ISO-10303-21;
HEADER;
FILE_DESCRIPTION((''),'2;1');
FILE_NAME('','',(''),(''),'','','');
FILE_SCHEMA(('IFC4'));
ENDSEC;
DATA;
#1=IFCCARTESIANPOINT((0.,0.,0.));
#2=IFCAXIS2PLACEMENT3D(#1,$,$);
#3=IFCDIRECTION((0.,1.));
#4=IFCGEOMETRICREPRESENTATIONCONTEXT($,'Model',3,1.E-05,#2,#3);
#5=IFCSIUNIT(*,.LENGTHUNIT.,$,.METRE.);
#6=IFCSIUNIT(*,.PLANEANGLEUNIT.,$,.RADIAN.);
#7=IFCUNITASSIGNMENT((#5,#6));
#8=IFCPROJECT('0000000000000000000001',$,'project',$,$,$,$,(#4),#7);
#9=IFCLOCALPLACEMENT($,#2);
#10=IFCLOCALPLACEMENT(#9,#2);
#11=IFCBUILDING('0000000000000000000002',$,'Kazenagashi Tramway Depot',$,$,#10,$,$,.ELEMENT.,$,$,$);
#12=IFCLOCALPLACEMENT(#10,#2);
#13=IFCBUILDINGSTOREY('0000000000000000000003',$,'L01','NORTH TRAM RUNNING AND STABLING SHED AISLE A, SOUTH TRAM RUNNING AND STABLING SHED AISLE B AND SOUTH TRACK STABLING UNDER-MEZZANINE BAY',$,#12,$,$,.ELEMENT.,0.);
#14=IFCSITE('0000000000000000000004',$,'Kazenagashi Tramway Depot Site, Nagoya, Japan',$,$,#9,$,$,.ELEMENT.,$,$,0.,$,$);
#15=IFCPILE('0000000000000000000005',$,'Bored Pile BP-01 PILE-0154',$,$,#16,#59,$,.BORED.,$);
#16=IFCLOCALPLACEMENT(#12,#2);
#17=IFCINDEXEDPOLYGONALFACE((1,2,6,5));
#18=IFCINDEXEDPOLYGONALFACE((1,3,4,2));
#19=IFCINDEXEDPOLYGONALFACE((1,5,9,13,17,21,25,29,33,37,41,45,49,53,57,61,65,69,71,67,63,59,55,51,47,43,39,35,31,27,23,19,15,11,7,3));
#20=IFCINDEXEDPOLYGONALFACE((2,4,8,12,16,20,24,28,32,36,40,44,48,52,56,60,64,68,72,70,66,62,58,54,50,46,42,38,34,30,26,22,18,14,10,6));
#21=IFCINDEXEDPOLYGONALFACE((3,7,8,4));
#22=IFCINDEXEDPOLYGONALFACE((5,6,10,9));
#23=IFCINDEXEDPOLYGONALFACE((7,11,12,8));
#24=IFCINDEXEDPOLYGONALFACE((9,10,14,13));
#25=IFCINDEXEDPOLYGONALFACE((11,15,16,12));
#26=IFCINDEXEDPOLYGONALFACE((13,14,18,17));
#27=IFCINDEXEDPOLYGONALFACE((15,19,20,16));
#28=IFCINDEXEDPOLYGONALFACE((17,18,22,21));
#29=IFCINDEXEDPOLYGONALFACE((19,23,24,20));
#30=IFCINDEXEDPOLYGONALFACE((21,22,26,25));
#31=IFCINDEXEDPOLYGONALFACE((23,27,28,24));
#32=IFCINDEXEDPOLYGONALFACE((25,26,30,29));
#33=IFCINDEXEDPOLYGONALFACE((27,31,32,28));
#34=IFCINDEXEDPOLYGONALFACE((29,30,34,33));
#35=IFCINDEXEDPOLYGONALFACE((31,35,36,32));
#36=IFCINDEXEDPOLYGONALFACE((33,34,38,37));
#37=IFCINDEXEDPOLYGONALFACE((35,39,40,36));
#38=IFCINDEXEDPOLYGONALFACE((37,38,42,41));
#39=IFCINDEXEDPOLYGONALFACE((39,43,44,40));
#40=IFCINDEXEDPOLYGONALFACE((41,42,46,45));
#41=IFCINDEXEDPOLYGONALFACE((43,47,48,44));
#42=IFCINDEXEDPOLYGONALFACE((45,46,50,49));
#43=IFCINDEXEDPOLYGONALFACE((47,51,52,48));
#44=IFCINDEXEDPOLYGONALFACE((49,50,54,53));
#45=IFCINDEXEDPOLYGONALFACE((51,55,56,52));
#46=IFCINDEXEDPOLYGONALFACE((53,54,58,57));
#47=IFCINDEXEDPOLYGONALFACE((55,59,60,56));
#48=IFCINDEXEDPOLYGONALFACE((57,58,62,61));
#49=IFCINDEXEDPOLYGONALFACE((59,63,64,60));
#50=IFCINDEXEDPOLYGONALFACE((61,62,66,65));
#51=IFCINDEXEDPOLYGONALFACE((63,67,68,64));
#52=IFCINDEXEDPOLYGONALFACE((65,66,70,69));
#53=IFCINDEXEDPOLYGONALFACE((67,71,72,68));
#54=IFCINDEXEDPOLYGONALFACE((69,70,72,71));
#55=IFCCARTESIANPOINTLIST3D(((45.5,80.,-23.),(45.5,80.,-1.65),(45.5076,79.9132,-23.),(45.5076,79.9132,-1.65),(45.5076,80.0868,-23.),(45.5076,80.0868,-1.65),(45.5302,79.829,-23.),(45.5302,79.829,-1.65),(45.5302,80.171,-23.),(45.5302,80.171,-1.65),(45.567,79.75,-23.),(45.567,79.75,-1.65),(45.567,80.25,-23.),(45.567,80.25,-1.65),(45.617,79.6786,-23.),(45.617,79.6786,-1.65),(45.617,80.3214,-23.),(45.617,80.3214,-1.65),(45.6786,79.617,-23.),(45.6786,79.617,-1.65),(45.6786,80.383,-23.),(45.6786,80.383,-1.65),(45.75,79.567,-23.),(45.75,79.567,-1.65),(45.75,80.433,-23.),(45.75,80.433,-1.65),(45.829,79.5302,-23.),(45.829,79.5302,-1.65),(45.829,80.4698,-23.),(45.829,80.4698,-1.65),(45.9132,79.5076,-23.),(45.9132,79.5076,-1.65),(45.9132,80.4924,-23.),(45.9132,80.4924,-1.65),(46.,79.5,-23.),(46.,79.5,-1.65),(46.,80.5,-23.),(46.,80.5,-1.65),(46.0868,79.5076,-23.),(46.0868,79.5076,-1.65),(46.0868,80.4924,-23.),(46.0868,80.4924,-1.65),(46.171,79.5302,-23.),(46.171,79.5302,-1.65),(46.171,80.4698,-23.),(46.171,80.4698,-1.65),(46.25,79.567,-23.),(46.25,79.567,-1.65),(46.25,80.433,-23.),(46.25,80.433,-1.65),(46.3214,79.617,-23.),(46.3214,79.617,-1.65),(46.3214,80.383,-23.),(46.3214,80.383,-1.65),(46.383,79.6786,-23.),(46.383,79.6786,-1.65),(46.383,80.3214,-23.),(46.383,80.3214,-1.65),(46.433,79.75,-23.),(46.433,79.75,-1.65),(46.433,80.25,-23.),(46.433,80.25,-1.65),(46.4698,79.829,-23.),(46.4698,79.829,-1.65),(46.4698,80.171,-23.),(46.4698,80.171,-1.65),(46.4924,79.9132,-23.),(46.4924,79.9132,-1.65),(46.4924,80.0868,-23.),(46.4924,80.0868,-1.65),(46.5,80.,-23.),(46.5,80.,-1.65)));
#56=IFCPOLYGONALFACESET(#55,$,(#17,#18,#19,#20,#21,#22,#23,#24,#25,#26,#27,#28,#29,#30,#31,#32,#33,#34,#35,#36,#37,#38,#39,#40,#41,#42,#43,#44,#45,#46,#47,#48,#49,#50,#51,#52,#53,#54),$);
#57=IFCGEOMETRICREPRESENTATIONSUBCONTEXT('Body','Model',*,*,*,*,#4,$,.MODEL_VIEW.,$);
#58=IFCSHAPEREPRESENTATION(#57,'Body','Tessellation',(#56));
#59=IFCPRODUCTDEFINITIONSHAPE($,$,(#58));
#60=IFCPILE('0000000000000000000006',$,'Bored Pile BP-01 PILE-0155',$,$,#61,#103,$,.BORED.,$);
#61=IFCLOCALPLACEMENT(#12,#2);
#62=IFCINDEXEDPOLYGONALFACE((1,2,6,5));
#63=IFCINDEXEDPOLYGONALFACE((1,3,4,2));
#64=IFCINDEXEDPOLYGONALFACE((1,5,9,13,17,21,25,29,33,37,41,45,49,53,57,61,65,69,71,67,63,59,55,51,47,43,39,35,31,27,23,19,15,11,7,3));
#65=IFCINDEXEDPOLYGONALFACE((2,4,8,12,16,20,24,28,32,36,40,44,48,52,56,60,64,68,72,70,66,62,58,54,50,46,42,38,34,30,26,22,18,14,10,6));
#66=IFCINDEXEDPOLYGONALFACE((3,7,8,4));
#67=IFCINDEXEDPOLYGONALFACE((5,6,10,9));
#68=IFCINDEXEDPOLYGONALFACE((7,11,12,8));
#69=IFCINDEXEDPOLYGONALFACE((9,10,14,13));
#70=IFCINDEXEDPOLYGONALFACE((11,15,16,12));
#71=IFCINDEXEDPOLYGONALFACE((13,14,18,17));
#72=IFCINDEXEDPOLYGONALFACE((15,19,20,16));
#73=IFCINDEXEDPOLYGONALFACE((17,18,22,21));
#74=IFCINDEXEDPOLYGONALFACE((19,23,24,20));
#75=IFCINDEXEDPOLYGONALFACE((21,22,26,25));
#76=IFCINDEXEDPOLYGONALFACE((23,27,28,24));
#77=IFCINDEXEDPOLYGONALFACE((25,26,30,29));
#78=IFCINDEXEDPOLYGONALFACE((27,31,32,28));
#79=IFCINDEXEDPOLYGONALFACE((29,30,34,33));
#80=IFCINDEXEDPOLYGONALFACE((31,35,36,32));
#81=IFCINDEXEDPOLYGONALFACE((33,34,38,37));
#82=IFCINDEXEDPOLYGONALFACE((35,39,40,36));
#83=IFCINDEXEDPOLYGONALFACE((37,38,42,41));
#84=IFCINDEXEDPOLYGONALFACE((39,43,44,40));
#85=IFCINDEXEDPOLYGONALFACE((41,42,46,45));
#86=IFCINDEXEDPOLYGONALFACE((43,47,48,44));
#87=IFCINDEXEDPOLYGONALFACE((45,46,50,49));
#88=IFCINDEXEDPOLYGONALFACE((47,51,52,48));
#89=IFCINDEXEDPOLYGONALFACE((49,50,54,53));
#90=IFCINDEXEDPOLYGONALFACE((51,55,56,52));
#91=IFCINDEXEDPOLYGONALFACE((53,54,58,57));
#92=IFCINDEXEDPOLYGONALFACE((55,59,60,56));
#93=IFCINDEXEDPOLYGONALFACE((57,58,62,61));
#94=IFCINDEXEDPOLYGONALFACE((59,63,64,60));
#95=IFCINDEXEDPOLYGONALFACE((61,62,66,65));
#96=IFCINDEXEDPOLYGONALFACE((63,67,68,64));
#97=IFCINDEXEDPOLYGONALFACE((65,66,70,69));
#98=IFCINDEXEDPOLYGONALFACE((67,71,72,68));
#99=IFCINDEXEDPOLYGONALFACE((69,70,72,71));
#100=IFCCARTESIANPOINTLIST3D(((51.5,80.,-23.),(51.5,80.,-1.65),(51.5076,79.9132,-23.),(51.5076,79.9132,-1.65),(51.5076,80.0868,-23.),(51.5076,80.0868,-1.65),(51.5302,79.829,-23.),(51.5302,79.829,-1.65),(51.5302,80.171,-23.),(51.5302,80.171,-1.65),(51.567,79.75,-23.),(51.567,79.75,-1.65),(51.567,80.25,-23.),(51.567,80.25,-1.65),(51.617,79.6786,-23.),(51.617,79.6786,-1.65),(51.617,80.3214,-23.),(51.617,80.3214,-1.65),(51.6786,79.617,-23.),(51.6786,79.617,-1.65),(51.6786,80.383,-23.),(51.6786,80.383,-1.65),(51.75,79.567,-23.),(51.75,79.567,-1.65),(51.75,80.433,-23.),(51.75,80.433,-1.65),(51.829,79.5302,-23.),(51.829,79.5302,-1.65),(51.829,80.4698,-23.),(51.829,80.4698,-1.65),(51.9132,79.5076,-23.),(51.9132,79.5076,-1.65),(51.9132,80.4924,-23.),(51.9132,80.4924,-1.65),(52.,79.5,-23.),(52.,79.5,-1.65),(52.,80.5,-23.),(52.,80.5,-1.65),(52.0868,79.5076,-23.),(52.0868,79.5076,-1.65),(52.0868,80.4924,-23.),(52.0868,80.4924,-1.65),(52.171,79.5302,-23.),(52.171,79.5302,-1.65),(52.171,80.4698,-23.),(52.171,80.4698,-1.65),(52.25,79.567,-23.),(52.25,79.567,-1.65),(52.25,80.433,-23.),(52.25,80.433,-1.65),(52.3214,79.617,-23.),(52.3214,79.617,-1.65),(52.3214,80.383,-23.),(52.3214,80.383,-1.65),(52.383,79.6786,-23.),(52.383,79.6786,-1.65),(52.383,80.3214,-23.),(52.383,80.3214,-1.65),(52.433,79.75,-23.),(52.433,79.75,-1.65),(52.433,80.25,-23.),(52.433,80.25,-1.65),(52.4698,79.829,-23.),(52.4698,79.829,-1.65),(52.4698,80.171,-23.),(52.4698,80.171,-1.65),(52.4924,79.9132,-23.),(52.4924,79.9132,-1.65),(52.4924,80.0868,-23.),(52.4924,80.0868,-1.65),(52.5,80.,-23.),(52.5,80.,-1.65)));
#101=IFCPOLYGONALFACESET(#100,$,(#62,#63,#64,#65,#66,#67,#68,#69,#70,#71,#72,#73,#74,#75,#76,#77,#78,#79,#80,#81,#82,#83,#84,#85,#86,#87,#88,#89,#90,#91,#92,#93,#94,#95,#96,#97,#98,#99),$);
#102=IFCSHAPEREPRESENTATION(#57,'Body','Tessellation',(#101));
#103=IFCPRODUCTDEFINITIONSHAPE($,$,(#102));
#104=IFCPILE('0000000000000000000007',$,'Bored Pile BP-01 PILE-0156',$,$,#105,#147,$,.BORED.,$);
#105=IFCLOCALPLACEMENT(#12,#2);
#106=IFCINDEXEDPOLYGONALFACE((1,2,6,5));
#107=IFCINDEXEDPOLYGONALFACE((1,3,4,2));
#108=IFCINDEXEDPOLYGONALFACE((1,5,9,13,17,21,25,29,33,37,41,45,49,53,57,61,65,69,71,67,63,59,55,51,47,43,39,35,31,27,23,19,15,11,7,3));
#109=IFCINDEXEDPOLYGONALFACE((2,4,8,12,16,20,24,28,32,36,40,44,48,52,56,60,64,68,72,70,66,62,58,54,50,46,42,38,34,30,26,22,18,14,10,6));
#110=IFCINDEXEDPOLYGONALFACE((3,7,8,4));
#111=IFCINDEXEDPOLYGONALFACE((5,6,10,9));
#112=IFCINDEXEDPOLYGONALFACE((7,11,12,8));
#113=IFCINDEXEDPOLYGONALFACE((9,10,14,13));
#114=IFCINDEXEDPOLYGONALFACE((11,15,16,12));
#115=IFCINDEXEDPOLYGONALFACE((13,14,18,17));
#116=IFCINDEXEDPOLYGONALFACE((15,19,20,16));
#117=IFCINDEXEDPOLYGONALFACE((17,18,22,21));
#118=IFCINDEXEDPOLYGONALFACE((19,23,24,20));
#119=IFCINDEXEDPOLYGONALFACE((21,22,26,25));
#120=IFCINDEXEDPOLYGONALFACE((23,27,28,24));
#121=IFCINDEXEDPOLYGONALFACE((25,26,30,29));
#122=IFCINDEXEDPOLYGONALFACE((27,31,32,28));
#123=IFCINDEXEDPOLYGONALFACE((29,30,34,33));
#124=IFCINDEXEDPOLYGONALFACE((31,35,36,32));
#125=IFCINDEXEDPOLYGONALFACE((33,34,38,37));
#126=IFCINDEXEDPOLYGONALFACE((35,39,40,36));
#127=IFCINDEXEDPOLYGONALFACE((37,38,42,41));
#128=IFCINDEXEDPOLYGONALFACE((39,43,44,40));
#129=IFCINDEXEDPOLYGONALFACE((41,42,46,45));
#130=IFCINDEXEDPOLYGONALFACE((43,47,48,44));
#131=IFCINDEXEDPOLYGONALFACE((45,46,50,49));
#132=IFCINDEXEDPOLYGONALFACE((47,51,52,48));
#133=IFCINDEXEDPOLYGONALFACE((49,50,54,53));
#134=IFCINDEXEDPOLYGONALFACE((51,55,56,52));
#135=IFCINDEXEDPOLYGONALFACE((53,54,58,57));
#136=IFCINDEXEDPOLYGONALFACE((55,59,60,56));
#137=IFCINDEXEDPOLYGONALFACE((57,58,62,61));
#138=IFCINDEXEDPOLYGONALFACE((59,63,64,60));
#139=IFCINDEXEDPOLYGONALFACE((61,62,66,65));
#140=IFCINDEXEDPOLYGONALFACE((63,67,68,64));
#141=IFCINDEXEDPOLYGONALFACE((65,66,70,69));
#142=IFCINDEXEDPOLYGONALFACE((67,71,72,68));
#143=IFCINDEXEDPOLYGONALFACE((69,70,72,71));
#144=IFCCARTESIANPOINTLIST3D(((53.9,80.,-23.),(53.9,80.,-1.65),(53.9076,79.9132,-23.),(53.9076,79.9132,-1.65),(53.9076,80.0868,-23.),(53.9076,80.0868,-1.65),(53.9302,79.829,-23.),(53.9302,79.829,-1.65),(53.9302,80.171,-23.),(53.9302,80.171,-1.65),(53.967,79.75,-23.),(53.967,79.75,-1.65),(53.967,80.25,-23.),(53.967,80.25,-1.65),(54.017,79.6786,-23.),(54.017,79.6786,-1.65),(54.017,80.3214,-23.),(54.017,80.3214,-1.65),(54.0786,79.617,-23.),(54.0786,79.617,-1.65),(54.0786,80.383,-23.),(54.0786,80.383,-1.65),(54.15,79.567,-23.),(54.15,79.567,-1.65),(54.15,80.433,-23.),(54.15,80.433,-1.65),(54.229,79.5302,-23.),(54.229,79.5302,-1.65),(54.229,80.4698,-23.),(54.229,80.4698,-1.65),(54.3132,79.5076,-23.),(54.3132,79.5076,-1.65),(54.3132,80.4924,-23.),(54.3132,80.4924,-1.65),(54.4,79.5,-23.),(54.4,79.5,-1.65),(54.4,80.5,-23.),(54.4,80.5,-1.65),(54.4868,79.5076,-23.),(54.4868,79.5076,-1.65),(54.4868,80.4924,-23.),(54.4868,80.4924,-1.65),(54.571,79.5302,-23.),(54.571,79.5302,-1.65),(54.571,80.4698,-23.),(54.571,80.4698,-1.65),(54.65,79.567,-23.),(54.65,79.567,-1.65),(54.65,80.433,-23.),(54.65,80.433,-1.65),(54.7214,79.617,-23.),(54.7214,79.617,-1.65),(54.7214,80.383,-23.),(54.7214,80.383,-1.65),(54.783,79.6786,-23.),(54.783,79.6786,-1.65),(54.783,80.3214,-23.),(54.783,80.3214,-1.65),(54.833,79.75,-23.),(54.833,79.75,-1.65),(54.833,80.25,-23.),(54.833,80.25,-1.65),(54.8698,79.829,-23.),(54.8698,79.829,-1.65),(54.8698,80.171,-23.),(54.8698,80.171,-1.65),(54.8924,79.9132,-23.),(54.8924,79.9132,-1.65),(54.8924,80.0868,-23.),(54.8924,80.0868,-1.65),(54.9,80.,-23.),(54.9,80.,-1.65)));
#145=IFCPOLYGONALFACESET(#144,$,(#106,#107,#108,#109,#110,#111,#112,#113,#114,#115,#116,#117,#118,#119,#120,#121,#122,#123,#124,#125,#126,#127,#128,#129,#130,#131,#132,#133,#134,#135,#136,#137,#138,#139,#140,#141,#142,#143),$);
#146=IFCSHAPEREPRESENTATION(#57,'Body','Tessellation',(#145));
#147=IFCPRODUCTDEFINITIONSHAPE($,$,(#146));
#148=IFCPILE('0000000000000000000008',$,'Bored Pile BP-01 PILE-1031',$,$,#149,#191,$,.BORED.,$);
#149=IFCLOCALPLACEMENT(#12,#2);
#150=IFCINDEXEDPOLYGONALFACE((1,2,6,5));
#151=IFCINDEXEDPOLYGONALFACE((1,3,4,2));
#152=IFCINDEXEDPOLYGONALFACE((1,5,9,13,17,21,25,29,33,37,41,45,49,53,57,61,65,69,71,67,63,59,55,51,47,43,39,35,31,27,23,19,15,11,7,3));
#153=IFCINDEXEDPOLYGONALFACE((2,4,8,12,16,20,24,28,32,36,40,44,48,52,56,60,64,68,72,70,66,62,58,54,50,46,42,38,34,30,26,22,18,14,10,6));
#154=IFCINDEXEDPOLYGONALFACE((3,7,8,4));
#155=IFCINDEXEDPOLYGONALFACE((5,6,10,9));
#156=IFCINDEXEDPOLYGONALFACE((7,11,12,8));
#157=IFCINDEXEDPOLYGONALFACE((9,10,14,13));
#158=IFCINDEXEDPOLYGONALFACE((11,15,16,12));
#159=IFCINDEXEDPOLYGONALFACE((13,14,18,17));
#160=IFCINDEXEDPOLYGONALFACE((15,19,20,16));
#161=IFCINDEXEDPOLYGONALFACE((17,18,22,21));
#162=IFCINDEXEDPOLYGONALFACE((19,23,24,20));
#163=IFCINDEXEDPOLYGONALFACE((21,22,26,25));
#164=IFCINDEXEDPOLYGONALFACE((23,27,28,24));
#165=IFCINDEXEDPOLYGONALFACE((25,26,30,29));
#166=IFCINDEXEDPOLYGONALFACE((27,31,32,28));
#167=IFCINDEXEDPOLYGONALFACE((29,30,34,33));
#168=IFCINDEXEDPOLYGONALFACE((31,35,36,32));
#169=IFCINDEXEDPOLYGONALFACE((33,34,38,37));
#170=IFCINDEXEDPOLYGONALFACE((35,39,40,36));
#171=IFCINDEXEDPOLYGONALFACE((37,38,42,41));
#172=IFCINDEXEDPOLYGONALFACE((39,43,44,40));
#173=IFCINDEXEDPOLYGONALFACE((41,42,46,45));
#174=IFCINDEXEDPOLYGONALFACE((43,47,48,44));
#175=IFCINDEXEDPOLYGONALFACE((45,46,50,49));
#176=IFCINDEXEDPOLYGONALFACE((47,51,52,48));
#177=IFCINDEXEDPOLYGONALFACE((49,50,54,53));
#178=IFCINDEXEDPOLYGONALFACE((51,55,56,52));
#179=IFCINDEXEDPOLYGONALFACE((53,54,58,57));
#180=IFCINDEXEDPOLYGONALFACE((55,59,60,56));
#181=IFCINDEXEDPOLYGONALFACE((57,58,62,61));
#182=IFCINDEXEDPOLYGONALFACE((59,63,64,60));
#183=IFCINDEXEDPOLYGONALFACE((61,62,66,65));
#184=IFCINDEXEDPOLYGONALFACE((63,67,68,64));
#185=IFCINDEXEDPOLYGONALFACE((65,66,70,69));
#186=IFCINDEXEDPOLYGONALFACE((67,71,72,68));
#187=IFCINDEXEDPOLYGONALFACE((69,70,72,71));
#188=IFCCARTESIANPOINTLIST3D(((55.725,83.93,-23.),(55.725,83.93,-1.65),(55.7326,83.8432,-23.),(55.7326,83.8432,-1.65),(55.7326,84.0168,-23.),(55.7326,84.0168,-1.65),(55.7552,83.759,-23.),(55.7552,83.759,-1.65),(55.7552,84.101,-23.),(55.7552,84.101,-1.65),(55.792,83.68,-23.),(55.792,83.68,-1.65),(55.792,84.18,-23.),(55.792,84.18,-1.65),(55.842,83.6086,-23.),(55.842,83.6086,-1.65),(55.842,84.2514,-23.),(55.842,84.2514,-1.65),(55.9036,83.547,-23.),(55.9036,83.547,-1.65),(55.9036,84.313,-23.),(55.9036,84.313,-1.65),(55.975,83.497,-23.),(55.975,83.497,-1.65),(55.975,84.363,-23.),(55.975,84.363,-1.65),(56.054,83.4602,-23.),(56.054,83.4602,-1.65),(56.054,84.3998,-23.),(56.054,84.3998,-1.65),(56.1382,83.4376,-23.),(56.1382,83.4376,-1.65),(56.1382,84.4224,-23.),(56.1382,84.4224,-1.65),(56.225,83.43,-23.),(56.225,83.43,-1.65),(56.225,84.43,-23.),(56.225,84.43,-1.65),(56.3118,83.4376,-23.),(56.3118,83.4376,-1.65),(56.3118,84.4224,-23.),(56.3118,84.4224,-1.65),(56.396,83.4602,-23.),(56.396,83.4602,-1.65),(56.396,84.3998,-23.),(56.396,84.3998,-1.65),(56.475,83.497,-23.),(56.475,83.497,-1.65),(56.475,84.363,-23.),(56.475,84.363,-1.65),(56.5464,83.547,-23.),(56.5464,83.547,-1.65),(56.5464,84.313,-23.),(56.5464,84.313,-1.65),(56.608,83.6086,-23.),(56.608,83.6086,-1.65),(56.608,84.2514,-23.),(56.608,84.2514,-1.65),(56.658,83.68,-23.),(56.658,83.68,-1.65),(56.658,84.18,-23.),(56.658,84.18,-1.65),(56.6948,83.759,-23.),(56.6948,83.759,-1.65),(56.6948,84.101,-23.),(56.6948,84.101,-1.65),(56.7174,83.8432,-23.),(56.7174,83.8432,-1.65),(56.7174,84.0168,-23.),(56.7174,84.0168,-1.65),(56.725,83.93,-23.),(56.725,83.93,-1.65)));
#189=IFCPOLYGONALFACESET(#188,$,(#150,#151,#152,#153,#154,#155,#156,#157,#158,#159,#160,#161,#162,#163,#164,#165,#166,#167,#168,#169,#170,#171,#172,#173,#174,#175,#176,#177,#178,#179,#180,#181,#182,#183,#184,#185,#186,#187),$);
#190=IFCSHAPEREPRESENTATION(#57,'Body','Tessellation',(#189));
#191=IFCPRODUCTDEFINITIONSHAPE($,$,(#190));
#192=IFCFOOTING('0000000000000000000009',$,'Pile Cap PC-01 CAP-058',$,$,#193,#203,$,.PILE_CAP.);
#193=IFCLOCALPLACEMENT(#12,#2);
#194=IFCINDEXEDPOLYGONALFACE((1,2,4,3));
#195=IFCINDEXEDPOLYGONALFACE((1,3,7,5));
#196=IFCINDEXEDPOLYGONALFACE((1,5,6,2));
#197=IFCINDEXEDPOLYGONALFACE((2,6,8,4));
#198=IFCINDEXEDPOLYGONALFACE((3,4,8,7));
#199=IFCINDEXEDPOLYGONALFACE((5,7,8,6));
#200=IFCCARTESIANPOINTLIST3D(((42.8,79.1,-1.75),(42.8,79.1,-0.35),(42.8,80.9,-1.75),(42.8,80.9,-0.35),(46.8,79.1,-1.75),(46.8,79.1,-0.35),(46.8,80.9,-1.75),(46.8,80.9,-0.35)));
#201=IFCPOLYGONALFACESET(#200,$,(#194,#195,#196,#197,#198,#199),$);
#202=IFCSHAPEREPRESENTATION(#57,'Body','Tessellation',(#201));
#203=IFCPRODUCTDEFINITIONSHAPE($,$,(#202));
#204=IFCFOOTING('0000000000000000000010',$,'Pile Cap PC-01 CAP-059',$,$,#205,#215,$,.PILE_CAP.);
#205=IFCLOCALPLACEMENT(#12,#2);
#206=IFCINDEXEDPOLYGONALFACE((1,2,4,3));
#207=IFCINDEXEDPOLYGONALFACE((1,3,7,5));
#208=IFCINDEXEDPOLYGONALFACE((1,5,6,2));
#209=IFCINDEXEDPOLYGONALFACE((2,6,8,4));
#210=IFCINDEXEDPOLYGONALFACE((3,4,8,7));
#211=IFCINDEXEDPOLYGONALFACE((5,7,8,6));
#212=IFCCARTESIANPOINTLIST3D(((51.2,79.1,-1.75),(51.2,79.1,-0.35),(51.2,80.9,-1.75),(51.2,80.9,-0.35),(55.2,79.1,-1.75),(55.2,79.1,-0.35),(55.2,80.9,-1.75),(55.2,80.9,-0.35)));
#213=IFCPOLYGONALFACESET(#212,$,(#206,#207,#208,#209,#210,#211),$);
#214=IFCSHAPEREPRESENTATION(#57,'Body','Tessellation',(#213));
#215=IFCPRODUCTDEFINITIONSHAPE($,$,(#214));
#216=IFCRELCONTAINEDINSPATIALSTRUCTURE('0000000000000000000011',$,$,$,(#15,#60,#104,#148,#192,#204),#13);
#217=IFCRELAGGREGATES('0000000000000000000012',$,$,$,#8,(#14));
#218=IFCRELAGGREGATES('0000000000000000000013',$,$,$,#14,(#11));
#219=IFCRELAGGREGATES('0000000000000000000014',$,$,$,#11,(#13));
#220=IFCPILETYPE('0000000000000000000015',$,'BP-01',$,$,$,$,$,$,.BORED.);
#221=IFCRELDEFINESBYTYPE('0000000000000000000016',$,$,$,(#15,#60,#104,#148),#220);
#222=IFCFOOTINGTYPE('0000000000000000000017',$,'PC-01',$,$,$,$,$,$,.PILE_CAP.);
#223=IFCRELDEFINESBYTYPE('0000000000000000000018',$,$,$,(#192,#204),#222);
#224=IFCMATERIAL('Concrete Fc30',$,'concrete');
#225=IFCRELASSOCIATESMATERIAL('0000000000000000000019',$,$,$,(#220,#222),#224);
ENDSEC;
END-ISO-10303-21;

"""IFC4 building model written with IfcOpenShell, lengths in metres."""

from ifc_helpers import new_model, si_unit, direction, frame, origin, origin_2d, place, context, subcontext, project, spatial, rectangle, circle, extrude, material, material_profile, profile_set, type_object, element, save


model = new_model("IFC4")

# Units and contexts
model_context = context("Model", 3, precision=1e-05, world=origin(), true_north=direction((0.0, 1.0)))
body_context = subcontext(model_context, "Body", "Model", "MODEL_VIEW")
ifc_project = project(units=[si_unit("LENGTHUNIT", "METRE"), si_unit("PLANEANGLEUNIT", "RADIAN")], contexts=[model_context])

# Site, building, storey
site_placement = place(None, origin())
site = spatial("IfcSite", under=ifc_project, at=site_placement, Name="Kazenagashi Tramway Depot Site, Nagoya, Japan", CompositionType="ELEMENT", RefElevation=0.0)
building_placement = place(site_placement, origin())
building = spatial("IfcBuilding", under=site, at=building_placement, Name="Kazenagashi Tramway Depot", CompositionType="ELEMENT")
storey_placement = place(building_placement, origin())
storey = spatial("IfcBuildingStorey", under=building, at=storey_placement, Name="L01", Description="NORTH TRAM RUNNING AND STABLING SHED AISLE A, SOUTH TRAM RUNNING AND STABLING SHED AISLE B AND SOUTH TRACK STABLING UNDER-MEZZANINE BAY", CompositionType="ELEMENT", Elevation=0.0)

# Piles
ifc_material_1 = material(Name="Concrete Fc30", Category="concrete")
ifc_material_profile_1 = material_profile(ifc_material_1, circle(Radius=0.5, at=origin_2d()), Name="PILE-1000")
ifc_profile_set_1 = profile_set([ifc_material_profile_1], Name="Concrete Fc30")
pile_type = type_object("IfcPileType", Name="BP-01", PredefinedType="BORED", material=ifc_profile_set_1)
for number, where, z_axis, x_axis, name in (
    (1, (46.0, 80.0, -1.65), (0.0, 0.0, -1.0), (1.0, 0.0, 0.0), "Bored Pile BP-01 PILE-0154"),
    (2, (52.0, 80.0, -1.65), (0.0, 0.0, -1.0), (1.0, 0.0, 0.0), "Bored Pile BP-01 PILE-0155"),
    (3, (54.4, 80.0, -1.65), (0.0, 0.0, -1.0), (1.0, 0.0, 0.0), "Bored Pile BP-01 PILE-0156"),
    (4, (56.225, 83.93, -1.65), (0.0, 0.0, -1.0), (1.0, 0.0, 0.0), "Bored Pile BP-01 PILE-1031"),
):
    element("IfcPile", number, at=place(storey_placement, frame(where, z_axis=z_axis, x_axis=x_axis)), inside=storey, type_object=pile_type, Name=name, PredefinedType="BORED", context=body_context, shape_type="SweptSolid", body=[
        extrude(circle(Radius=0.5, at=origin_2d()), origin(), (0.0, 0.0, 1.0), 21.35),
    ])

# Footings
footing_type = type_object("IfcFootingType", Name="PC-01", PredefinedType="PILE_CAP", material=ifc_material_1)
for number, where, z_axis, x_axis, name in (
    (5, (44.8, 80.0, -1.75), (0.0, 0.0, 1.0), (1.0, 0.0, 0.0), "Pile Cap PC-01 CAP-058"),
    (6, (53.2, 80.0, -1.75), (0.0, 0.0, 1.0), (1.0, 0.0, 0.0), "Pile Cap PC-01 CAP-059"),
):
    element("IfcFooting", number, at=place(storey_placement, frame(where, z_axis=z_axis, x_axis=x_axis)), inside=storey, type_object=footing_type, Name=name, PredefinedType="PILE_CAP", context=body_context, shape_type="SweptSolid", body=[
        extrude(rectangle(XDim=4.0, YDim=1.8, at=origin_2d()), origin(), (0.0, 0.0, 1.0), 1.4),
    ])

save(model, "model.ifc")
